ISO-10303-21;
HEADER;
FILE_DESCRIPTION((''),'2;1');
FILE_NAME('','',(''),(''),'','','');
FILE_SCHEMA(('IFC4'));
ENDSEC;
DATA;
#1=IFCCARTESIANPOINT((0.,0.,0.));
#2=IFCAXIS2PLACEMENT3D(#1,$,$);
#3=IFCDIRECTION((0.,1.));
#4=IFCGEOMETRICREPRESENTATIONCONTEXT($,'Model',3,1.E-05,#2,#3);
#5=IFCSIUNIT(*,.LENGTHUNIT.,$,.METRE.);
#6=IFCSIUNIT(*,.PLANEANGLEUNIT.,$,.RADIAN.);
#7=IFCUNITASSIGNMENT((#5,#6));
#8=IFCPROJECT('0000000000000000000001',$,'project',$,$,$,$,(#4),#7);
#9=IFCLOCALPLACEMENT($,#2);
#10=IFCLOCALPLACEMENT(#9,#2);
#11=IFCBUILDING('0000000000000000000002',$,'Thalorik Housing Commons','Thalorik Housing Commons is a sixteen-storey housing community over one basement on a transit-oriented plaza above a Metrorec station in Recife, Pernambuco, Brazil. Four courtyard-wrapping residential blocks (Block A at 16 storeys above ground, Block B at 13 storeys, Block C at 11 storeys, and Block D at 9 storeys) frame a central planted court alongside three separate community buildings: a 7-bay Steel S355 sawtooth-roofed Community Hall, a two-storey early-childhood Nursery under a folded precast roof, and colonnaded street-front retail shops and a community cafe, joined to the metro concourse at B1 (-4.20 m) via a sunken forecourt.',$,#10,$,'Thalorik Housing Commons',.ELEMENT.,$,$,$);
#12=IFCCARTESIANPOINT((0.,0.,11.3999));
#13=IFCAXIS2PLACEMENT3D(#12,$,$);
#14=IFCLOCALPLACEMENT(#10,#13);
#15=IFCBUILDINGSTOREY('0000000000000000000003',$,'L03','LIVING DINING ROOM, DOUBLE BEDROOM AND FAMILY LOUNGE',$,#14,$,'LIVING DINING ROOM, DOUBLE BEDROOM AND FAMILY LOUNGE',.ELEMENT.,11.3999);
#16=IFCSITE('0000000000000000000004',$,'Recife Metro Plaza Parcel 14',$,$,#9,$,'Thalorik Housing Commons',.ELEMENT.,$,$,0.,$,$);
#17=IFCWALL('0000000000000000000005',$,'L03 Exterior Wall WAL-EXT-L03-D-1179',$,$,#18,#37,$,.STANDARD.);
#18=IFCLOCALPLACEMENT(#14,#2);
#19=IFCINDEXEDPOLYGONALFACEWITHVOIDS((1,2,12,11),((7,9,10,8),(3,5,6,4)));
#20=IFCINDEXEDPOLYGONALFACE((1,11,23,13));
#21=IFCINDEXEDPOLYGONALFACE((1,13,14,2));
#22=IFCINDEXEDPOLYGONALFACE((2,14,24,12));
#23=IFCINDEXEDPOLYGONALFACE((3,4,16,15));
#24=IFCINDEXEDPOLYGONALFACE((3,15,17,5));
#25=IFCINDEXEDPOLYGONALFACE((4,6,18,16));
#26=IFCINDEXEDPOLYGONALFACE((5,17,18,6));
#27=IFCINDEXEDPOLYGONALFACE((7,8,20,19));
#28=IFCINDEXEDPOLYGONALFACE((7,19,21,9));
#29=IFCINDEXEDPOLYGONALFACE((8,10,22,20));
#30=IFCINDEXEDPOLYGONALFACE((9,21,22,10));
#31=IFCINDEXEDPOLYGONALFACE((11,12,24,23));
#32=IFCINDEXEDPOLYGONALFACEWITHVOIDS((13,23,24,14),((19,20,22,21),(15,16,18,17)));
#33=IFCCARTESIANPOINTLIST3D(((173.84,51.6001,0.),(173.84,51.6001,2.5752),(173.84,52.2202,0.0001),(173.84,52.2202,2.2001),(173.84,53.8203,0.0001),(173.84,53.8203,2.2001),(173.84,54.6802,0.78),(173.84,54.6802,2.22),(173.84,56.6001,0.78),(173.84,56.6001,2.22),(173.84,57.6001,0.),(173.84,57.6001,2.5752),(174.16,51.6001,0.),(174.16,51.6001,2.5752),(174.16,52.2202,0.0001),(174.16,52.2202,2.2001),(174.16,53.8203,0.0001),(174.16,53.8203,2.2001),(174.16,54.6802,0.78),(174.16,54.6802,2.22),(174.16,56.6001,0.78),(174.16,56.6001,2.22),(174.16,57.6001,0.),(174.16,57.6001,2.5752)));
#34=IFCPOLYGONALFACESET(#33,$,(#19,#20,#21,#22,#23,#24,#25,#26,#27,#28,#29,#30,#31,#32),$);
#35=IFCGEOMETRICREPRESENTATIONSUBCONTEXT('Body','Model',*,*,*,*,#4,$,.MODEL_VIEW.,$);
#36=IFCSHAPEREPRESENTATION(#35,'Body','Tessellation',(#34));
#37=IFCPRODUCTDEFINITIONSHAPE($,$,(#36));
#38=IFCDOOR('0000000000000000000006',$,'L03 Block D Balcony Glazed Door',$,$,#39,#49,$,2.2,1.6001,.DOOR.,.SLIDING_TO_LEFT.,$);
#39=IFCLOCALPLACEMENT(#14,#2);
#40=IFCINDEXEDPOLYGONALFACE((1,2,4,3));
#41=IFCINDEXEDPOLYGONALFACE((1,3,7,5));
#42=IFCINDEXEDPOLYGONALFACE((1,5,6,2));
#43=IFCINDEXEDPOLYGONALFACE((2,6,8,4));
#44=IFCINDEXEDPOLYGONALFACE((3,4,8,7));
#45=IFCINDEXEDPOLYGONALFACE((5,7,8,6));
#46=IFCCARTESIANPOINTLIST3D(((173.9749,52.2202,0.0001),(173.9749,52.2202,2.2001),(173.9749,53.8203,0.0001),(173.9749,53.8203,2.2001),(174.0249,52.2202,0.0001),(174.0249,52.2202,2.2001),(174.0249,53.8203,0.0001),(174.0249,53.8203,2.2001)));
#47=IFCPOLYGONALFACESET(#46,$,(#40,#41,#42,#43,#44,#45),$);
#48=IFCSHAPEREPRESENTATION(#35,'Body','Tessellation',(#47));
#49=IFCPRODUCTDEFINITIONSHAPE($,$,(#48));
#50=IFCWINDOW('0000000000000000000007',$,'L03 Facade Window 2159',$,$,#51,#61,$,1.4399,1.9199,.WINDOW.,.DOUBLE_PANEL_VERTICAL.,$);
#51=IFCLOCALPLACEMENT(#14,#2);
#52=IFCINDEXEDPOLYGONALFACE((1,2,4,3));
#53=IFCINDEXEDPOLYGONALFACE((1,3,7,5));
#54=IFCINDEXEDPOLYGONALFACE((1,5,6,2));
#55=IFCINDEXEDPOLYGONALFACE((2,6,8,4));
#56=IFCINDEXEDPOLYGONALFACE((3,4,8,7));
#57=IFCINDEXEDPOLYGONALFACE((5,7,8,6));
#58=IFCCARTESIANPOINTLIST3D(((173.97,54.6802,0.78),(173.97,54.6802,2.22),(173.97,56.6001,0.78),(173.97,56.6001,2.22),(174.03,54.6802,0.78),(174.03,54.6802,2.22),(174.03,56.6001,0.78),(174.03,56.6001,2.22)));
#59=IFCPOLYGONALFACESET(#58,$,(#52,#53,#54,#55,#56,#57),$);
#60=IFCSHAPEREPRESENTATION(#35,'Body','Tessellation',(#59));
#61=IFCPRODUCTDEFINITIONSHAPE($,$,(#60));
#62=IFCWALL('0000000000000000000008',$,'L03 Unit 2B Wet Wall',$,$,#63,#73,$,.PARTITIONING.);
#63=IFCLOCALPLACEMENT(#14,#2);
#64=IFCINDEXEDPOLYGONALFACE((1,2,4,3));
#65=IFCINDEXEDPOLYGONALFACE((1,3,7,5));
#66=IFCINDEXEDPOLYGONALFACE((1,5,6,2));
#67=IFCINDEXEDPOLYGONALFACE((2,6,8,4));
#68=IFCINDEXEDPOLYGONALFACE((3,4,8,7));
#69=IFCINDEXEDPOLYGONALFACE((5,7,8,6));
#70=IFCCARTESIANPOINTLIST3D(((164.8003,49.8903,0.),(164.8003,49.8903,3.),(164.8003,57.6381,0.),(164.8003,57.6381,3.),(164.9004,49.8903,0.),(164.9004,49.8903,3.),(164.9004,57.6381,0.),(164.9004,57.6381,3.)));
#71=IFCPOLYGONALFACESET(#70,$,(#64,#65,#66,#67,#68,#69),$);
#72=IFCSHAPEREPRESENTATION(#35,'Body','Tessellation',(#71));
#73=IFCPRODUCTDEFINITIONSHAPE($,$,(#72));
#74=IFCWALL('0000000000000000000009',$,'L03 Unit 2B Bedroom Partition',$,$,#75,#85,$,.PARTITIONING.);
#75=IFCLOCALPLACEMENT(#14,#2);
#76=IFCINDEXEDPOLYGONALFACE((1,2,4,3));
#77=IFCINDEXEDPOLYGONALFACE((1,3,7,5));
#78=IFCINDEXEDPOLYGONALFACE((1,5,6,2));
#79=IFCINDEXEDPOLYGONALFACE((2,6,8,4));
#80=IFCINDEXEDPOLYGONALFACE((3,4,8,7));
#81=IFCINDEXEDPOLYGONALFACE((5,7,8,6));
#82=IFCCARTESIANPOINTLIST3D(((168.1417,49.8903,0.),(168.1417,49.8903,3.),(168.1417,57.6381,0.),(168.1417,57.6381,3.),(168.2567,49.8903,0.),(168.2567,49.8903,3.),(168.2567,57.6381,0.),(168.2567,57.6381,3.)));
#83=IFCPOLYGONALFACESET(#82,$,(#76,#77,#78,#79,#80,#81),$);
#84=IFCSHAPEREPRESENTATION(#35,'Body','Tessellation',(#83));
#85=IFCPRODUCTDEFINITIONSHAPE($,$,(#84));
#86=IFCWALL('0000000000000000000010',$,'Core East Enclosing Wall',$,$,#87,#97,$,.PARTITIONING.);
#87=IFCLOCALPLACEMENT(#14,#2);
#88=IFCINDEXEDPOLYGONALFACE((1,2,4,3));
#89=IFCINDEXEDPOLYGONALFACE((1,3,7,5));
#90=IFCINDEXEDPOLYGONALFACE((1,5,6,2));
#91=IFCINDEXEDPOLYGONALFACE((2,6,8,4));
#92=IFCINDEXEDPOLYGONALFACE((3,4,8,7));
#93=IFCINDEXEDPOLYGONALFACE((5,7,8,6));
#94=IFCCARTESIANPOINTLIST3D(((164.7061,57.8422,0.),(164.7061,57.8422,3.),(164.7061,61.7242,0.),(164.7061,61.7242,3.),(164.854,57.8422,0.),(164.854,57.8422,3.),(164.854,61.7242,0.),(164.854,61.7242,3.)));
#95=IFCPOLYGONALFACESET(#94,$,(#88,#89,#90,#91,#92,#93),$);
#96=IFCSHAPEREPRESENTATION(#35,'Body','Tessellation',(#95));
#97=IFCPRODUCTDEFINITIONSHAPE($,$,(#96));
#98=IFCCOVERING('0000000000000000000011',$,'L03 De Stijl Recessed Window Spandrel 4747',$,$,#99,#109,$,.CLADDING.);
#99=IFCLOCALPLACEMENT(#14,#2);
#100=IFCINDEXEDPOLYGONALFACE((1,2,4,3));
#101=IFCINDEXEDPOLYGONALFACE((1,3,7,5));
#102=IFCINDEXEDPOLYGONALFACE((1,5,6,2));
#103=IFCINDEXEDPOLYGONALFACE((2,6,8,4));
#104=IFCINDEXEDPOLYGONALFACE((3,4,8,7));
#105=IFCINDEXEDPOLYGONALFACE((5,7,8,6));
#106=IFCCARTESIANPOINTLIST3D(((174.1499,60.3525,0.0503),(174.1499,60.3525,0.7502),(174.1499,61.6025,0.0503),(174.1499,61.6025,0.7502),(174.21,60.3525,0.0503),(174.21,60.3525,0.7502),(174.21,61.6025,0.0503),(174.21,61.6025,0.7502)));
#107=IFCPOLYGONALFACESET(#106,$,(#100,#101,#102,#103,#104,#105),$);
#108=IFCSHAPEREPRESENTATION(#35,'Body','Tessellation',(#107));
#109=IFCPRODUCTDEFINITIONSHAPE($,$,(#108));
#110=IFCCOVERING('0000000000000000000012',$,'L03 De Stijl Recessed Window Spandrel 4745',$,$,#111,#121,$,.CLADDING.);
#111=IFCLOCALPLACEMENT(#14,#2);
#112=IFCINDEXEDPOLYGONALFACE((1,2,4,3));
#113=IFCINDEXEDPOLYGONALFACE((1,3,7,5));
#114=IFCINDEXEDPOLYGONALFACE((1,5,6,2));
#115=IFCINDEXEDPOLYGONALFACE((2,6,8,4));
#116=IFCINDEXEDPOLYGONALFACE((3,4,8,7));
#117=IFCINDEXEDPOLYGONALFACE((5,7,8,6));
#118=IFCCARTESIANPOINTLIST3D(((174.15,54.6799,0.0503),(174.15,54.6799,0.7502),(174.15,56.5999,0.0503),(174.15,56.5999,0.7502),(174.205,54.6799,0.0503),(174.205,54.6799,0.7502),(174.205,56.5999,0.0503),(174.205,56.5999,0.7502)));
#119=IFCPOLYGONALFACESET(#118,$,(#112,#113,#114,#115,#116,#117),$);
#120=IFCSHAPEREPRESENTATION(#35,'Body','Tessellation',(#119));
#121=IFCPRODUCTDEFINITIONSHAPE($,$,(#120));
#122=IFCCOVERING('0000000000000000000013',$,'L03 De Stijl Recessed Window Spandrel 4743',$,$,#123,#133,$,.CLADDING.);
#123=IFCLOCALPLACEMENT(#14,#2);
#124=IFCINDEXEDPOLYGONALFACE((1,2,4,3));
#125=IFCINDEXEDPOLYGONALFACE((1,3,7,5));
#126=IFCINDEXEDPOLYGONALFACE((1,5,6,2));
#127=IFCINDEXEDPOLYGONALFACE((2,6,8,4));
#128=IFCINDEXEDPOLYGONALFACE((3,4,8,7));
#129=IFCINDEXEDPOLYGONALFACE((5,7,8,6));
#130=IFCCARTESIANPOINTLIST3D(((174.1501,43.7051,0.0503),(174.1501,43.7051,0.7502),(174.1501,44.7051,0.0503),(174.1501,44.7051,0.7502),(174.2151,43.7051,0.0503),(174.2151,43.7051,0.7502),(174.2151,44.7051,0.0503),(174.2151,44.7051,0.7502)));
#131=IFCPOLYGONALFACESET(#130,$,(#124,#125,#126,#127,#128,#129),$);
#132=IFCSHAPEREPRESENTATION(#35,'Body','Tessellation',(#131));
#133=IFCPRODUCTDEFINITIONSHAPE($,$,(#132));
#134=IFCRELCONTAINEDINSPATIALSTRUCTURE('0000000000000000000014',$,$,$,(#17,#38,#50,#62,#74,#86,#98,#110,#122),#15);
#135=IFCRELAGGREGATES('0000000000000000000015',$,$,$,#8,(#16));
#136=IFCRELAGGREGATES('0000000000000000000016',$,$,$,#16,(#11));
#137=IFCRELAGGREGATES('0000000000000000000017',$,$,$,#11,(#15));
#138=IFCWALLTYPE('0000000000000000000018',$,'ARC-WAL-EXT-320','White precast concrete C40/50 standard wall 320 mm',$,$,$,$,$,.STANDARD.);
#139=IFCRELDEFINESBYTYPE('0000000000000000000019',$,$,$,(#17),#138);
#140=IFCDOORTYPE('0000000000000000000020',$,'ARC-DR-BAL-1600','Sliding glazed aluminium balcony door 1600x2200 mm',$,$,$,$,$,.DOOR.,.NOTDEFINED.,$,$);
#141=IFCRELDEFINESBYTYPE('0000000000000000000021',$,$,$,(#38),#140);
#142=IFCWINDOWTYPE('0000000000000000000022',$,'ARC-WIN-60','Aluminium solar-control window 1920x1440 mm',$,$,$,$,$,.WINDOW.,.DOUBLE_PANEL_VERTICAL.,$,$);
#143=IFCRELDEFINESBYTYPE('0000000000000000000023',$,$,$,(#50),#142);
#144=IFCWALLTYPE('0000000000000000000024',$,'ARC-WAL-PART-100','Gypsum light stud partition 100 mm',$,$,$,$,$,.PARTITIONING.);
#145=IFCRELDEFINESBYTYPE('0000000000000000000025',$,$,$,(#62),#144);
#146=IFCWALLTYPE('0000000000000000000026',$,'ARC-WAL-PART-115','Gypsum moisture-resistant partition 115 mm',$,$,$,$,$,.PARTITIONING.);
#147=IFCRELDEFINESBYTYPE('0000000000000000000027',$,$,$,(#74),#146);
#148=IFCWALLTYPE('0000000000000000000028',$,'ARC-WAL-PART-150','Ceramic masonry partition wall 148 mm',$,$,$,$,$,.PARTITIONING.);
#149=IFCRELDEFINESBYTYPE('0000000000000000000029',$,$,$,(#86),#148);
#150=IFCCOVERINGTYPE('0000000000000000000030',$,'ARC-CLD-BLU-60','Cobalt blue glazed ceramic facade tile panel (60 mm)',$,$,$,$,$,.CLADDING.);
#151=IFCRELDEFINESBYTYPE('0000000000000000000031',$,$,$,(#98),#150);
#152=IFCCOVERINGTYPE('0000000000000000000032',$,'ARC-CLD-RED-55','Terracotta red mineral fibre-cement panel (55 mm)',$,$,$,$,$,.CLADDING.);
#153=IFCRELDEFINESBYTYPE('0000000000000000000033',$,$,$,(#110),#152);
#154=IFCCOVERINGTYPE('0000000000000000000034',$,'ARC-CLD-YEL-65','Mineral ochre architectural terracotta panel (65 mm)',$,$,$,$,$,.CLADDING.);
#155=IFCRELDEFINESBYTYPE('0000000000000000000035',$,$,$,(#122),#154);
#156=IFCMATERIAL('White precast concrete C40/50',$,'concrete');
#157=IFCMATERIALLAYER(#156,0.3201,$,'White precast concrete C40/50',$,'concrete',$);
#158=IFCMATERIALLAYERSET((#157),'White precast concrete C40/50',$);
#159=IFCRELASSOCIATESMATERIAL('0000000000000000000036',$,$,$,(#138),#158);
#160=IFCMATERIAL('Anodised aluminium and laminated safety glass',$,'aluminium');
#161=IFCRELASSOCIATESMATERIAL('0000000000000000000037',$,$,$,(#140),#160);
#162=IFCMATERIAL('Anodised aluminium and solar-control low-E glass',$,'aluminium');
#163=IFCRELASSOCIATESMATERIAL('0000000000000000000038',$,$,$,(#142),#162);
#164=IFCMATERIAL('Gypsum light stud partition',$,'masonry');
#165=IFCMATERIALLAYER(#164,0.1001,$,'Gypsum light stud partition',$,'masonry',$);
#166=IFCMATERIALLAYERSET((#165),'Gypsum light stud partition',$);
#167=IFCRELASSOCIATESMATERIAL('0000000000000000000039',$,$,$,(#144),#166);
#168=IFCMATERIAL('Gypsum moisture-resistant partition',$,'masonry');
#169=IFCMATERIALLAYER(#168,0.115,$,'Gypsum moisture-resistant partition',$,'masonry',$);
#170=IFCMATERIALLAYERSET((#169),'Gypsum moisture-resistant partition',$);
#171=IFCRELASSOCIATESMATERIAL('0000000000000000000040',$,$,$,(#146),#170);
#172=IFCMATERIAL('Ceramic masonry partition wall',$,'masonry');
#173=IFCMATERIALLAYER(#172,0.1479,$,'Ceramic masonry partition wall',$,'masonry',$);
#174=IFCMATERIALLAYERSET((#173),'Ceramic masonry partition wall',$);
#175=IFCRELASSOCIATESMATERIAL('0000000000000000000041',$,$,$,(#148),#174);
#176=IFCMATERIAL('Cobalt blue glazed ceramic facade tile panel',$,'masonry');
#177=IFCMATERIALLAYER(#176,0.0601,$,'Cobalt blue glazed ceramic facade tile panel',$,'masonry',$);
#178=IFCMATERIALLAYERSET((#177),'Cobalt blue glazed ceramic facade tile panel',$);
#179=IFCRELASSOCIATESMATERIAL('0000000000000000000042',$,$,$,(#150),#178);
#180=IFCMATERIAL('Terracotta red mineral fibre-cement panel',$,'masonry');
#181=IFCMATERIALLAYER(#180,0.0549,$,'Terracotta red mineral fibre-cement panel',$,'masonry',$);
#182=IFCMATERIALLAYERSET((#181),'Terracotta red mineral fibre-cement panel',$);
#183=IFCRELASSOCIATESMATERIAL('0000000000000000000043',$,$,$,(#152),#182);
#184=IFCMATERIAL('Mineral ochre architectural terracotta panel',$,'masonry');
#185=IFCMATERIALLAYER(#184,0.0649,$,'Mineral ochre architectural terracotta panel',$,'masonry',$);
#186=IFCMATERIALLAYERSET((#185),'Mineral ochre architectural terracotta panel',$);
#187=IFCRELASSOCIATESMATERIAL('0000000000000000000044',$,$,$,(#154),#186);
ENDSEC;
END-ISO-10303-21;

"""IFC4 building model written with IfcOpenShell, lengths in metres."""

from ifc_helpers import new_model, si_unit, direction, frame, frame_2d, origin, origin_2d, place, context, subcontext, project, spatial, rectangle, extrude, material, layer, layer_set, type_object, element, fill, save


model = new_model("IFC4")

# Units and contexts
model_context = context("Model", 3, precision=1e-05, world=origin(), true_north=direction((0.0, 1.0)))
body_context = subcontext(model_context, "Body", "Model", "MODEL_VIEW")
ifc_project = project(units=[si_unit("LENGTHUNIT", "METRE"), si_unit("PLANEANGLEUNIT", "RADIAN")], contexts=[model_context])

# Site, building, storey
site_placement = place(None, origin())
site = spatial("IfcSite", under=ifc_project, at=site_placement, Name="Recife Metro Plaza Parcel 14", LongName="Thalorik Housing Commons", CompositionType="ELEMENT", RefElevation=0.0)
building_placement = place(site_placement, origin())
building = spatial("IfcBuilding", under=site, at=building_placement, Name="Thalorik Housing Commons", Description="Thalorik Housing Commons is a sixteen-storey housing community over one basement on a transit-oriented plaza above a Metrorec station in Recife, Pernambuco, Brazil. Four courtyard-wrapping residential blocks (Block A at 16 storeys above ground, Block B at 13 storeys, Block C at 11 storeys, and Block D at 9 storeys) frame a central planted court alongside three separate community buildings: a 7-bay Steel S355 sawtooth-roofed Community Hall, a two-storey early-childhood Nursery under a folded precast roof, and colonnaded street-front retail shops and a community cafe, joined to the metro concourse at B1 (-4.20 m) via a sunken forecourt.", LongName="Thalorik Housing Commons", CompositionType="ELEMENT")
storey_placement = place(building_placement, frame((0.0, 0.0, 11.3999)))
storey = spatial("IfcBuildingStorey", under=building, at=storey_placement, Name="L03", Description="LIVING DINING ROOM, DOUBLE BEDROOM AND FAMILY LOUNGE", LongName="LIVING DINING ROOM, DOUBLE BEDROOM AND FAMILY LOUNGE", CompositionType="ELEMENT", Elevation=11.3999)

# Wall, openings, door, window
ifc_material_1 = material(Name="White precast concrete C40/50", Category="concrete")
ifc_layer_1 = layer(ifc_material_1, 0.3201, Name="White precast concrete C40/50", Category="concrete")
ifc_layer_set_1 = layer_set([ifc_layer_1], Name="White precast concrete C40/50")
wall_type_1 = type_object("IfcWallType", Name="ARC-WAL-EXT-320", Description="White precast concrete C40/50 standard wall 320 mm", PredefinedType="STANDARD", material=ifc_layer_set_1)
wall_1_placement = place(storey_placement, frame((174.0, 51.6001, 0.0), z_axis=(0.0, 0.0, 1.0), x_axis=(0.0, 1.0, 0.0)))
wall_1 = element("IfcWall", 1, at=wall_1_placement, inside=storey, type_object=wall_type_1, Name="L03 Exterior Wall WAL-EXT-L03-D-1179", PredefinedType="STANDARD", context=body_context, shape_type="SweptSolid", body=[
    extrude(rectangle(XDim=6.0, YDim=0.3201, at=frame_2d((3.0, 0.0))), origin(), (0.0, 0.0, 1.0), 2.5752),
])
opening_1_placement = place(wall_1_placement, frame((0.6201, 0.0, 0.0)))
opening_1 = element("IfcOpeningElement", 2, at=opening_1_placement, cuts=wall_1, PredefinedType="OPENING", context=body_context, shape_type="SweptSolid", body=[
    extrude(rectangle(XDim=1.6001, YDim=2.2, at=frame_2d((0.8, 1.1001))), frame((0.0, 0.1699, 0.0), z_axis=(0.0, -1.0, 0.0), x_axis=(1.0, 0.0, 0.0)), (0.0, 0.0, 1.0), 0.3401),
])
opening_2_placement = place(wall_1_placement, frame((3.0801, 0.0, 0.78)))
opening_2 = element("IfcOpeningElement", 3, at=opening_2_placement, cuts=wall_1, PredefinedType="OPENING", context=body_context, shape_type="SweptSolid", body=[
    extrude(rectangle(XDim=1.9199, YDim=1.4399, at=frame_2d((0.96, 0.72))), frame((0.0, 0.1699, 0.0), z_axis=(0.0, -1.0, 0.0), x_axis=(1.0, 0.0, 0.0)), (0.0, 0.0, 1.0), 0.3401),
])
ifc_material_2 = material(Name="Anodised aluminium and laminated safety glass", Category="aluminium")
door_type_1 = type_object("IfcDoorType", Name="ARC-DR-BAL-1600", Description="Sliding glazed aluminium balcony door 1600x2200 mm", OperationType="NOTDEFINED", PredefinedType="DOOR", material=ifc_material_2)
door_1_placement = place(opening_1_placement, frame((1.6001, 0.0, 0.0), z_axis=(0.0, 0.0, 1.0), x_axis=(-1.0, 0.0, 0.0)))
door_1 = element("IfcDoor", 4, at=door_1_placement, inside=storey, type_object=door_type_1, Name="L03 Block D Balcony Glazed Door", OperationType="SLIDING_TO_LEFT", OverallHeight=2.2, OverallWidth=1.6001, PredefinedType="DOOR", context=body_context, shape_type="SweptSolid", body=[
    extrude(rectangle(XDim=1.6001, YDim=2.2, at=frame_2d((0.8, 1.1001))), frame((0.0, 0.0249, 0.0), z_axis=(0.0, -1.0, 0.0), x_axis=(1.0, 0.0, 0.0)), (0.0, 0.0, 1.0), 0.05),
])
fill(opening_1, door_1)
ifc_material_3 = material(Name="Anodised aluminium and solar-control low-E glass", Category="aluminium")
window_type_1 = type_object("IfcWindowType", Name="ARC-WIN-60", Description="Aluminium solar-control window 1920x1440 mm", PartitioningType="DOUBLE_PANEL_VERTICAL", PredefinedType="WINDOW", material=ifc_material_3)
window_1_placement = place(opening_2_placement, origin())
window_1 = element("IfcWindow", 5, at=window_1_placement, inside=storey, type_object=window_type_1, Name="L03 Facade Window 2159", OverallHeight=1.4399, OverallWidth=1.9199, PartitioningType="DOUBLE_PANEL_VERTICAL", PredefinedType="WINDOW", context=body_context, shape_type="SweptSolid", body=[
    extrude(rectangle(XDim=1.9199, YDim=1.4399, at=frame_2d((0.96, 0.72))), frame((0.0, 0.03, 0.0), z_axis=(0.0, -1.0, 0.0), x_axis=(1.0, 0.0, 0.0)), (0.0, 0.0, 1.0), 0.0601),
])
fill(opening_2, window_1)

# Walls
ifc_material_4 = material(Name="Gypsum light stud partition", Category="masonry")
ifc_layer_2 = layer(ifc_material_4, 0.1001, Name="Gypsum light stud partition", Category="masonry")
ifc_layer_set_2 = layer_set([ifc_layer_2], Name="Gypsum light stud partition")
wall_type_2 = type_object("IfcWallType", Name="ARC-WAL-PART-100", Description="Gypsum light stud partition 100 mm", PredefinedType="PARTITIONING", material=ifc_layer_set_2)
wall_2_placement = place(storey_placement, frame((164.8503, 49.8901, 0.0), z_axis=(0.0, 0.0, 1.0), x_axis=(0.0, 1.0, 0.0)))
element("IfcWall", 6, at=wall_2_placement, inside=storey, type_object=wall_type_2, Name="L03 Unit 2B Wet Wall", PredefinedType="PARTITIONING", context=body_context, shape_type="SweptSolid", body=[
    extrude(rectangle(XDim=7.7478, YDim=0.1001, at=frame_2d((3.874, 0.0))), origin(), (0.0, 0.0, 1.0), 3.0),
])
ifc_material_5 = material(Name="Gypsum moisture-resistant partition", Category="masonry")
ifc_layer_3 = layer(ifc_material_5, 0.115, Name="Gypsum moisture-resistant partition", Category="masonry")
ifc_layer_set_3 = layer_set([ifc_layer_3], Name="Gypsum moisture-resistant partition")
wall_type_3 = type_object("IfcWallType", Name="ARC-WAL-PART-115", Description="Gypsum moisture-resistant partition 115 mm", PredefinedType="PARTITIONING", material=ifc_layer_set_3)
wall_3_placement = place(storey_placement, frame((168.1992, 49.8901, 0.0), z_axis=(0.0, 0.0, 1.0), x_axis=(0.0, 1.0, 0.0)))
element("IfcWall", 7, at=wall_3_placement, inside=storey, type_object=wall_type_3, Name="L03 Unit 2B Bedroom Partition", PredefinedType="PARTITIONING", context=body_context, shape_type="SweptSolid", body=[
    extrude(rectangle(XDim=7.7478, YDim=0.115, at=frame_2d((3.874, 0.0))), origin(), (0.0, 0.0, 1.0), 3.0),
])
ifc_material_6 = material(Name="Ceramic masonry partition wall", Category="masonry")
ifc_layer_4 = layer(ifc_material_6, 0.1479, Name="Ceramic masonry partition wall", Category="masonry")
ifc_layer_set_4 = layer_set([ifc_layer_4], Name="Ceramic masonry partition wall")
wall_type_4 = type_object("IfcWallType", Name="ARC-WAL-PART-150", Description="Ceramic masonry partition wall 148 mm", PredefinedType="PARTITIONING", material=ifc_layer_set_4)
wall_4_placement = place(storey_placement, frame((164.78, 61.7241, 0.0), z_axis=(0.0, 0.0, 1.0), x_axis=(0.0, -1.0, 0.0)))
element("IfcWall", 8, at=wall_4_placement, inside=storey, type_object=wall_type_4, Name="Core East Enclosing Wall", PredefinedType="PARTITIONING", context=body_context, shape_type="SweptSolid", body=[
    extrude(rectangle(XDim=3.8821, YDim=0.1479, at=frame_2d((1.9409, 0.0))), origin(), (0.0, 0.0, 1.0), 3.0),
])

# Coverings
ifc_material_7 = material(Name="Cobalt blue glazed ceramic facade tile panel", Category="masonry")
ifc_layer_5 = layer(ifc_material_7, 0.0601, Name="Cobalt blue glazed ceramic facade tile panel", Category="masonry")
ifc_layer_set_5 = layer_set([ifc_layer_5], Name="Cobalt blue glazed ceramic facade tile panel")
covering_type_1 = type_object("IfcCoveringType", Name="ARC-CLD-BLU-60", Description="Cobalt blue glazed ceramic facade tile panel (60 mm)", PredefinedType="CLADDING", material=ifc_layer_set_5)
covering_1_placement = place(storey_placement, frame((174.1799, 60.9775, 0.0503), z_axis=(0.0, 0.0, 1.0), x_axis=(0.0, 1.0, 0.0)))
element("IfcCovering", 9, at=covering_1_placement, inside=storey, type_object=covering_type_1, Name="L03 De Stijl Recessed Window Spandrel 4747", PredefinedType="CLADDING", context=body_context, shape_type="SweptSolid", body=[
    extrude(rectangle(XDim=1.25, YDim=0.0601, at=origin_2d()), origin(), (0.0, 0.0, 1.0), 0.7),
])
ifc_material_8 = material(Name="Terracotta red mineral fibre-cement panel", Category="masonry")
ifc_layer_6 = layer(ifc_material_8, 0.0549, Name="Terracotta red mineral fibre-cement panel", Category="masonry")
ifc_layer_set_6 = layer_set([ifc_layer_6], Name="Terracotta red mineral fibre-cement panel")
covering_type_2 = type_object("IfcCoveringType", Name="ARC-CLD-RED-55", Description="Terracotta red mineral fibre-cement panel (55 mm)", PredefinedType="CLADDING", material=ifc_layer_set_6)
covering_2_placement = place(storey_placement, frame((174.1775, 55.6399, 0.0503), z_axis=(0.0, 0.0, 1.0), x_axis=(0.0, 1.0, 0.0)))
element("IfcCovering", 10, at=covering_2_placement, inside=storey, type_object=covering_type_2, Name="L03 De Stijl Recessed Window Spandrel 4745", PredefinedType="CLADDING", context=body_context, shape_type="SweptSolid", body=[
    extrude(rectangle(XDim=1.9199, YDim=0.0549, at=origin_2d()), origin(), (0.0, 0.0, 1.0), 0.7),
])
ifc_material_9 = material(Name="Mineral ochre architectural terracotta panel", Category="masonry")
ifc_layer_7 = layer(ifc_material_9, 0.0649, Name="Mineral ochre architectural terracotta panel", Category="masonry")
ifc_layer_set_7 = layer_set([ifc_layer_7], Name="Mineral ochre architectural terracotta panel")
covering_type_3 = type_object("IfcCoveringType", Name="ARC-CLD-YEL-65", Description="Mineral ochre architectural terracotta panel (65 mm)", PredefinedType="CLADDING", material=ifc_layer_set_7)
covering_3_placement = place(storey_placement, frame((174.1826, 44.2051, 0.0503), z_axis=(0.0, 0.0, 1.0), x_axis=(0.0, 1.0, 0.0)))
element("IfcCovering", 11, at=covering_3_placement, inside=storey, type_object=covering_type_3, Name="L03 De Stijl Recessed Window Spandrel 4743", PredefinedType="CLADDING", context=body_context, shape_type="SweptSolid", body=[
    extrude(rectangle(XDim=1.0, YDim=0.0649, at=origin_2d()), origin(), (0.0, 0.0, 1.0), 0.7),
])

save(model, "model.ifc")
